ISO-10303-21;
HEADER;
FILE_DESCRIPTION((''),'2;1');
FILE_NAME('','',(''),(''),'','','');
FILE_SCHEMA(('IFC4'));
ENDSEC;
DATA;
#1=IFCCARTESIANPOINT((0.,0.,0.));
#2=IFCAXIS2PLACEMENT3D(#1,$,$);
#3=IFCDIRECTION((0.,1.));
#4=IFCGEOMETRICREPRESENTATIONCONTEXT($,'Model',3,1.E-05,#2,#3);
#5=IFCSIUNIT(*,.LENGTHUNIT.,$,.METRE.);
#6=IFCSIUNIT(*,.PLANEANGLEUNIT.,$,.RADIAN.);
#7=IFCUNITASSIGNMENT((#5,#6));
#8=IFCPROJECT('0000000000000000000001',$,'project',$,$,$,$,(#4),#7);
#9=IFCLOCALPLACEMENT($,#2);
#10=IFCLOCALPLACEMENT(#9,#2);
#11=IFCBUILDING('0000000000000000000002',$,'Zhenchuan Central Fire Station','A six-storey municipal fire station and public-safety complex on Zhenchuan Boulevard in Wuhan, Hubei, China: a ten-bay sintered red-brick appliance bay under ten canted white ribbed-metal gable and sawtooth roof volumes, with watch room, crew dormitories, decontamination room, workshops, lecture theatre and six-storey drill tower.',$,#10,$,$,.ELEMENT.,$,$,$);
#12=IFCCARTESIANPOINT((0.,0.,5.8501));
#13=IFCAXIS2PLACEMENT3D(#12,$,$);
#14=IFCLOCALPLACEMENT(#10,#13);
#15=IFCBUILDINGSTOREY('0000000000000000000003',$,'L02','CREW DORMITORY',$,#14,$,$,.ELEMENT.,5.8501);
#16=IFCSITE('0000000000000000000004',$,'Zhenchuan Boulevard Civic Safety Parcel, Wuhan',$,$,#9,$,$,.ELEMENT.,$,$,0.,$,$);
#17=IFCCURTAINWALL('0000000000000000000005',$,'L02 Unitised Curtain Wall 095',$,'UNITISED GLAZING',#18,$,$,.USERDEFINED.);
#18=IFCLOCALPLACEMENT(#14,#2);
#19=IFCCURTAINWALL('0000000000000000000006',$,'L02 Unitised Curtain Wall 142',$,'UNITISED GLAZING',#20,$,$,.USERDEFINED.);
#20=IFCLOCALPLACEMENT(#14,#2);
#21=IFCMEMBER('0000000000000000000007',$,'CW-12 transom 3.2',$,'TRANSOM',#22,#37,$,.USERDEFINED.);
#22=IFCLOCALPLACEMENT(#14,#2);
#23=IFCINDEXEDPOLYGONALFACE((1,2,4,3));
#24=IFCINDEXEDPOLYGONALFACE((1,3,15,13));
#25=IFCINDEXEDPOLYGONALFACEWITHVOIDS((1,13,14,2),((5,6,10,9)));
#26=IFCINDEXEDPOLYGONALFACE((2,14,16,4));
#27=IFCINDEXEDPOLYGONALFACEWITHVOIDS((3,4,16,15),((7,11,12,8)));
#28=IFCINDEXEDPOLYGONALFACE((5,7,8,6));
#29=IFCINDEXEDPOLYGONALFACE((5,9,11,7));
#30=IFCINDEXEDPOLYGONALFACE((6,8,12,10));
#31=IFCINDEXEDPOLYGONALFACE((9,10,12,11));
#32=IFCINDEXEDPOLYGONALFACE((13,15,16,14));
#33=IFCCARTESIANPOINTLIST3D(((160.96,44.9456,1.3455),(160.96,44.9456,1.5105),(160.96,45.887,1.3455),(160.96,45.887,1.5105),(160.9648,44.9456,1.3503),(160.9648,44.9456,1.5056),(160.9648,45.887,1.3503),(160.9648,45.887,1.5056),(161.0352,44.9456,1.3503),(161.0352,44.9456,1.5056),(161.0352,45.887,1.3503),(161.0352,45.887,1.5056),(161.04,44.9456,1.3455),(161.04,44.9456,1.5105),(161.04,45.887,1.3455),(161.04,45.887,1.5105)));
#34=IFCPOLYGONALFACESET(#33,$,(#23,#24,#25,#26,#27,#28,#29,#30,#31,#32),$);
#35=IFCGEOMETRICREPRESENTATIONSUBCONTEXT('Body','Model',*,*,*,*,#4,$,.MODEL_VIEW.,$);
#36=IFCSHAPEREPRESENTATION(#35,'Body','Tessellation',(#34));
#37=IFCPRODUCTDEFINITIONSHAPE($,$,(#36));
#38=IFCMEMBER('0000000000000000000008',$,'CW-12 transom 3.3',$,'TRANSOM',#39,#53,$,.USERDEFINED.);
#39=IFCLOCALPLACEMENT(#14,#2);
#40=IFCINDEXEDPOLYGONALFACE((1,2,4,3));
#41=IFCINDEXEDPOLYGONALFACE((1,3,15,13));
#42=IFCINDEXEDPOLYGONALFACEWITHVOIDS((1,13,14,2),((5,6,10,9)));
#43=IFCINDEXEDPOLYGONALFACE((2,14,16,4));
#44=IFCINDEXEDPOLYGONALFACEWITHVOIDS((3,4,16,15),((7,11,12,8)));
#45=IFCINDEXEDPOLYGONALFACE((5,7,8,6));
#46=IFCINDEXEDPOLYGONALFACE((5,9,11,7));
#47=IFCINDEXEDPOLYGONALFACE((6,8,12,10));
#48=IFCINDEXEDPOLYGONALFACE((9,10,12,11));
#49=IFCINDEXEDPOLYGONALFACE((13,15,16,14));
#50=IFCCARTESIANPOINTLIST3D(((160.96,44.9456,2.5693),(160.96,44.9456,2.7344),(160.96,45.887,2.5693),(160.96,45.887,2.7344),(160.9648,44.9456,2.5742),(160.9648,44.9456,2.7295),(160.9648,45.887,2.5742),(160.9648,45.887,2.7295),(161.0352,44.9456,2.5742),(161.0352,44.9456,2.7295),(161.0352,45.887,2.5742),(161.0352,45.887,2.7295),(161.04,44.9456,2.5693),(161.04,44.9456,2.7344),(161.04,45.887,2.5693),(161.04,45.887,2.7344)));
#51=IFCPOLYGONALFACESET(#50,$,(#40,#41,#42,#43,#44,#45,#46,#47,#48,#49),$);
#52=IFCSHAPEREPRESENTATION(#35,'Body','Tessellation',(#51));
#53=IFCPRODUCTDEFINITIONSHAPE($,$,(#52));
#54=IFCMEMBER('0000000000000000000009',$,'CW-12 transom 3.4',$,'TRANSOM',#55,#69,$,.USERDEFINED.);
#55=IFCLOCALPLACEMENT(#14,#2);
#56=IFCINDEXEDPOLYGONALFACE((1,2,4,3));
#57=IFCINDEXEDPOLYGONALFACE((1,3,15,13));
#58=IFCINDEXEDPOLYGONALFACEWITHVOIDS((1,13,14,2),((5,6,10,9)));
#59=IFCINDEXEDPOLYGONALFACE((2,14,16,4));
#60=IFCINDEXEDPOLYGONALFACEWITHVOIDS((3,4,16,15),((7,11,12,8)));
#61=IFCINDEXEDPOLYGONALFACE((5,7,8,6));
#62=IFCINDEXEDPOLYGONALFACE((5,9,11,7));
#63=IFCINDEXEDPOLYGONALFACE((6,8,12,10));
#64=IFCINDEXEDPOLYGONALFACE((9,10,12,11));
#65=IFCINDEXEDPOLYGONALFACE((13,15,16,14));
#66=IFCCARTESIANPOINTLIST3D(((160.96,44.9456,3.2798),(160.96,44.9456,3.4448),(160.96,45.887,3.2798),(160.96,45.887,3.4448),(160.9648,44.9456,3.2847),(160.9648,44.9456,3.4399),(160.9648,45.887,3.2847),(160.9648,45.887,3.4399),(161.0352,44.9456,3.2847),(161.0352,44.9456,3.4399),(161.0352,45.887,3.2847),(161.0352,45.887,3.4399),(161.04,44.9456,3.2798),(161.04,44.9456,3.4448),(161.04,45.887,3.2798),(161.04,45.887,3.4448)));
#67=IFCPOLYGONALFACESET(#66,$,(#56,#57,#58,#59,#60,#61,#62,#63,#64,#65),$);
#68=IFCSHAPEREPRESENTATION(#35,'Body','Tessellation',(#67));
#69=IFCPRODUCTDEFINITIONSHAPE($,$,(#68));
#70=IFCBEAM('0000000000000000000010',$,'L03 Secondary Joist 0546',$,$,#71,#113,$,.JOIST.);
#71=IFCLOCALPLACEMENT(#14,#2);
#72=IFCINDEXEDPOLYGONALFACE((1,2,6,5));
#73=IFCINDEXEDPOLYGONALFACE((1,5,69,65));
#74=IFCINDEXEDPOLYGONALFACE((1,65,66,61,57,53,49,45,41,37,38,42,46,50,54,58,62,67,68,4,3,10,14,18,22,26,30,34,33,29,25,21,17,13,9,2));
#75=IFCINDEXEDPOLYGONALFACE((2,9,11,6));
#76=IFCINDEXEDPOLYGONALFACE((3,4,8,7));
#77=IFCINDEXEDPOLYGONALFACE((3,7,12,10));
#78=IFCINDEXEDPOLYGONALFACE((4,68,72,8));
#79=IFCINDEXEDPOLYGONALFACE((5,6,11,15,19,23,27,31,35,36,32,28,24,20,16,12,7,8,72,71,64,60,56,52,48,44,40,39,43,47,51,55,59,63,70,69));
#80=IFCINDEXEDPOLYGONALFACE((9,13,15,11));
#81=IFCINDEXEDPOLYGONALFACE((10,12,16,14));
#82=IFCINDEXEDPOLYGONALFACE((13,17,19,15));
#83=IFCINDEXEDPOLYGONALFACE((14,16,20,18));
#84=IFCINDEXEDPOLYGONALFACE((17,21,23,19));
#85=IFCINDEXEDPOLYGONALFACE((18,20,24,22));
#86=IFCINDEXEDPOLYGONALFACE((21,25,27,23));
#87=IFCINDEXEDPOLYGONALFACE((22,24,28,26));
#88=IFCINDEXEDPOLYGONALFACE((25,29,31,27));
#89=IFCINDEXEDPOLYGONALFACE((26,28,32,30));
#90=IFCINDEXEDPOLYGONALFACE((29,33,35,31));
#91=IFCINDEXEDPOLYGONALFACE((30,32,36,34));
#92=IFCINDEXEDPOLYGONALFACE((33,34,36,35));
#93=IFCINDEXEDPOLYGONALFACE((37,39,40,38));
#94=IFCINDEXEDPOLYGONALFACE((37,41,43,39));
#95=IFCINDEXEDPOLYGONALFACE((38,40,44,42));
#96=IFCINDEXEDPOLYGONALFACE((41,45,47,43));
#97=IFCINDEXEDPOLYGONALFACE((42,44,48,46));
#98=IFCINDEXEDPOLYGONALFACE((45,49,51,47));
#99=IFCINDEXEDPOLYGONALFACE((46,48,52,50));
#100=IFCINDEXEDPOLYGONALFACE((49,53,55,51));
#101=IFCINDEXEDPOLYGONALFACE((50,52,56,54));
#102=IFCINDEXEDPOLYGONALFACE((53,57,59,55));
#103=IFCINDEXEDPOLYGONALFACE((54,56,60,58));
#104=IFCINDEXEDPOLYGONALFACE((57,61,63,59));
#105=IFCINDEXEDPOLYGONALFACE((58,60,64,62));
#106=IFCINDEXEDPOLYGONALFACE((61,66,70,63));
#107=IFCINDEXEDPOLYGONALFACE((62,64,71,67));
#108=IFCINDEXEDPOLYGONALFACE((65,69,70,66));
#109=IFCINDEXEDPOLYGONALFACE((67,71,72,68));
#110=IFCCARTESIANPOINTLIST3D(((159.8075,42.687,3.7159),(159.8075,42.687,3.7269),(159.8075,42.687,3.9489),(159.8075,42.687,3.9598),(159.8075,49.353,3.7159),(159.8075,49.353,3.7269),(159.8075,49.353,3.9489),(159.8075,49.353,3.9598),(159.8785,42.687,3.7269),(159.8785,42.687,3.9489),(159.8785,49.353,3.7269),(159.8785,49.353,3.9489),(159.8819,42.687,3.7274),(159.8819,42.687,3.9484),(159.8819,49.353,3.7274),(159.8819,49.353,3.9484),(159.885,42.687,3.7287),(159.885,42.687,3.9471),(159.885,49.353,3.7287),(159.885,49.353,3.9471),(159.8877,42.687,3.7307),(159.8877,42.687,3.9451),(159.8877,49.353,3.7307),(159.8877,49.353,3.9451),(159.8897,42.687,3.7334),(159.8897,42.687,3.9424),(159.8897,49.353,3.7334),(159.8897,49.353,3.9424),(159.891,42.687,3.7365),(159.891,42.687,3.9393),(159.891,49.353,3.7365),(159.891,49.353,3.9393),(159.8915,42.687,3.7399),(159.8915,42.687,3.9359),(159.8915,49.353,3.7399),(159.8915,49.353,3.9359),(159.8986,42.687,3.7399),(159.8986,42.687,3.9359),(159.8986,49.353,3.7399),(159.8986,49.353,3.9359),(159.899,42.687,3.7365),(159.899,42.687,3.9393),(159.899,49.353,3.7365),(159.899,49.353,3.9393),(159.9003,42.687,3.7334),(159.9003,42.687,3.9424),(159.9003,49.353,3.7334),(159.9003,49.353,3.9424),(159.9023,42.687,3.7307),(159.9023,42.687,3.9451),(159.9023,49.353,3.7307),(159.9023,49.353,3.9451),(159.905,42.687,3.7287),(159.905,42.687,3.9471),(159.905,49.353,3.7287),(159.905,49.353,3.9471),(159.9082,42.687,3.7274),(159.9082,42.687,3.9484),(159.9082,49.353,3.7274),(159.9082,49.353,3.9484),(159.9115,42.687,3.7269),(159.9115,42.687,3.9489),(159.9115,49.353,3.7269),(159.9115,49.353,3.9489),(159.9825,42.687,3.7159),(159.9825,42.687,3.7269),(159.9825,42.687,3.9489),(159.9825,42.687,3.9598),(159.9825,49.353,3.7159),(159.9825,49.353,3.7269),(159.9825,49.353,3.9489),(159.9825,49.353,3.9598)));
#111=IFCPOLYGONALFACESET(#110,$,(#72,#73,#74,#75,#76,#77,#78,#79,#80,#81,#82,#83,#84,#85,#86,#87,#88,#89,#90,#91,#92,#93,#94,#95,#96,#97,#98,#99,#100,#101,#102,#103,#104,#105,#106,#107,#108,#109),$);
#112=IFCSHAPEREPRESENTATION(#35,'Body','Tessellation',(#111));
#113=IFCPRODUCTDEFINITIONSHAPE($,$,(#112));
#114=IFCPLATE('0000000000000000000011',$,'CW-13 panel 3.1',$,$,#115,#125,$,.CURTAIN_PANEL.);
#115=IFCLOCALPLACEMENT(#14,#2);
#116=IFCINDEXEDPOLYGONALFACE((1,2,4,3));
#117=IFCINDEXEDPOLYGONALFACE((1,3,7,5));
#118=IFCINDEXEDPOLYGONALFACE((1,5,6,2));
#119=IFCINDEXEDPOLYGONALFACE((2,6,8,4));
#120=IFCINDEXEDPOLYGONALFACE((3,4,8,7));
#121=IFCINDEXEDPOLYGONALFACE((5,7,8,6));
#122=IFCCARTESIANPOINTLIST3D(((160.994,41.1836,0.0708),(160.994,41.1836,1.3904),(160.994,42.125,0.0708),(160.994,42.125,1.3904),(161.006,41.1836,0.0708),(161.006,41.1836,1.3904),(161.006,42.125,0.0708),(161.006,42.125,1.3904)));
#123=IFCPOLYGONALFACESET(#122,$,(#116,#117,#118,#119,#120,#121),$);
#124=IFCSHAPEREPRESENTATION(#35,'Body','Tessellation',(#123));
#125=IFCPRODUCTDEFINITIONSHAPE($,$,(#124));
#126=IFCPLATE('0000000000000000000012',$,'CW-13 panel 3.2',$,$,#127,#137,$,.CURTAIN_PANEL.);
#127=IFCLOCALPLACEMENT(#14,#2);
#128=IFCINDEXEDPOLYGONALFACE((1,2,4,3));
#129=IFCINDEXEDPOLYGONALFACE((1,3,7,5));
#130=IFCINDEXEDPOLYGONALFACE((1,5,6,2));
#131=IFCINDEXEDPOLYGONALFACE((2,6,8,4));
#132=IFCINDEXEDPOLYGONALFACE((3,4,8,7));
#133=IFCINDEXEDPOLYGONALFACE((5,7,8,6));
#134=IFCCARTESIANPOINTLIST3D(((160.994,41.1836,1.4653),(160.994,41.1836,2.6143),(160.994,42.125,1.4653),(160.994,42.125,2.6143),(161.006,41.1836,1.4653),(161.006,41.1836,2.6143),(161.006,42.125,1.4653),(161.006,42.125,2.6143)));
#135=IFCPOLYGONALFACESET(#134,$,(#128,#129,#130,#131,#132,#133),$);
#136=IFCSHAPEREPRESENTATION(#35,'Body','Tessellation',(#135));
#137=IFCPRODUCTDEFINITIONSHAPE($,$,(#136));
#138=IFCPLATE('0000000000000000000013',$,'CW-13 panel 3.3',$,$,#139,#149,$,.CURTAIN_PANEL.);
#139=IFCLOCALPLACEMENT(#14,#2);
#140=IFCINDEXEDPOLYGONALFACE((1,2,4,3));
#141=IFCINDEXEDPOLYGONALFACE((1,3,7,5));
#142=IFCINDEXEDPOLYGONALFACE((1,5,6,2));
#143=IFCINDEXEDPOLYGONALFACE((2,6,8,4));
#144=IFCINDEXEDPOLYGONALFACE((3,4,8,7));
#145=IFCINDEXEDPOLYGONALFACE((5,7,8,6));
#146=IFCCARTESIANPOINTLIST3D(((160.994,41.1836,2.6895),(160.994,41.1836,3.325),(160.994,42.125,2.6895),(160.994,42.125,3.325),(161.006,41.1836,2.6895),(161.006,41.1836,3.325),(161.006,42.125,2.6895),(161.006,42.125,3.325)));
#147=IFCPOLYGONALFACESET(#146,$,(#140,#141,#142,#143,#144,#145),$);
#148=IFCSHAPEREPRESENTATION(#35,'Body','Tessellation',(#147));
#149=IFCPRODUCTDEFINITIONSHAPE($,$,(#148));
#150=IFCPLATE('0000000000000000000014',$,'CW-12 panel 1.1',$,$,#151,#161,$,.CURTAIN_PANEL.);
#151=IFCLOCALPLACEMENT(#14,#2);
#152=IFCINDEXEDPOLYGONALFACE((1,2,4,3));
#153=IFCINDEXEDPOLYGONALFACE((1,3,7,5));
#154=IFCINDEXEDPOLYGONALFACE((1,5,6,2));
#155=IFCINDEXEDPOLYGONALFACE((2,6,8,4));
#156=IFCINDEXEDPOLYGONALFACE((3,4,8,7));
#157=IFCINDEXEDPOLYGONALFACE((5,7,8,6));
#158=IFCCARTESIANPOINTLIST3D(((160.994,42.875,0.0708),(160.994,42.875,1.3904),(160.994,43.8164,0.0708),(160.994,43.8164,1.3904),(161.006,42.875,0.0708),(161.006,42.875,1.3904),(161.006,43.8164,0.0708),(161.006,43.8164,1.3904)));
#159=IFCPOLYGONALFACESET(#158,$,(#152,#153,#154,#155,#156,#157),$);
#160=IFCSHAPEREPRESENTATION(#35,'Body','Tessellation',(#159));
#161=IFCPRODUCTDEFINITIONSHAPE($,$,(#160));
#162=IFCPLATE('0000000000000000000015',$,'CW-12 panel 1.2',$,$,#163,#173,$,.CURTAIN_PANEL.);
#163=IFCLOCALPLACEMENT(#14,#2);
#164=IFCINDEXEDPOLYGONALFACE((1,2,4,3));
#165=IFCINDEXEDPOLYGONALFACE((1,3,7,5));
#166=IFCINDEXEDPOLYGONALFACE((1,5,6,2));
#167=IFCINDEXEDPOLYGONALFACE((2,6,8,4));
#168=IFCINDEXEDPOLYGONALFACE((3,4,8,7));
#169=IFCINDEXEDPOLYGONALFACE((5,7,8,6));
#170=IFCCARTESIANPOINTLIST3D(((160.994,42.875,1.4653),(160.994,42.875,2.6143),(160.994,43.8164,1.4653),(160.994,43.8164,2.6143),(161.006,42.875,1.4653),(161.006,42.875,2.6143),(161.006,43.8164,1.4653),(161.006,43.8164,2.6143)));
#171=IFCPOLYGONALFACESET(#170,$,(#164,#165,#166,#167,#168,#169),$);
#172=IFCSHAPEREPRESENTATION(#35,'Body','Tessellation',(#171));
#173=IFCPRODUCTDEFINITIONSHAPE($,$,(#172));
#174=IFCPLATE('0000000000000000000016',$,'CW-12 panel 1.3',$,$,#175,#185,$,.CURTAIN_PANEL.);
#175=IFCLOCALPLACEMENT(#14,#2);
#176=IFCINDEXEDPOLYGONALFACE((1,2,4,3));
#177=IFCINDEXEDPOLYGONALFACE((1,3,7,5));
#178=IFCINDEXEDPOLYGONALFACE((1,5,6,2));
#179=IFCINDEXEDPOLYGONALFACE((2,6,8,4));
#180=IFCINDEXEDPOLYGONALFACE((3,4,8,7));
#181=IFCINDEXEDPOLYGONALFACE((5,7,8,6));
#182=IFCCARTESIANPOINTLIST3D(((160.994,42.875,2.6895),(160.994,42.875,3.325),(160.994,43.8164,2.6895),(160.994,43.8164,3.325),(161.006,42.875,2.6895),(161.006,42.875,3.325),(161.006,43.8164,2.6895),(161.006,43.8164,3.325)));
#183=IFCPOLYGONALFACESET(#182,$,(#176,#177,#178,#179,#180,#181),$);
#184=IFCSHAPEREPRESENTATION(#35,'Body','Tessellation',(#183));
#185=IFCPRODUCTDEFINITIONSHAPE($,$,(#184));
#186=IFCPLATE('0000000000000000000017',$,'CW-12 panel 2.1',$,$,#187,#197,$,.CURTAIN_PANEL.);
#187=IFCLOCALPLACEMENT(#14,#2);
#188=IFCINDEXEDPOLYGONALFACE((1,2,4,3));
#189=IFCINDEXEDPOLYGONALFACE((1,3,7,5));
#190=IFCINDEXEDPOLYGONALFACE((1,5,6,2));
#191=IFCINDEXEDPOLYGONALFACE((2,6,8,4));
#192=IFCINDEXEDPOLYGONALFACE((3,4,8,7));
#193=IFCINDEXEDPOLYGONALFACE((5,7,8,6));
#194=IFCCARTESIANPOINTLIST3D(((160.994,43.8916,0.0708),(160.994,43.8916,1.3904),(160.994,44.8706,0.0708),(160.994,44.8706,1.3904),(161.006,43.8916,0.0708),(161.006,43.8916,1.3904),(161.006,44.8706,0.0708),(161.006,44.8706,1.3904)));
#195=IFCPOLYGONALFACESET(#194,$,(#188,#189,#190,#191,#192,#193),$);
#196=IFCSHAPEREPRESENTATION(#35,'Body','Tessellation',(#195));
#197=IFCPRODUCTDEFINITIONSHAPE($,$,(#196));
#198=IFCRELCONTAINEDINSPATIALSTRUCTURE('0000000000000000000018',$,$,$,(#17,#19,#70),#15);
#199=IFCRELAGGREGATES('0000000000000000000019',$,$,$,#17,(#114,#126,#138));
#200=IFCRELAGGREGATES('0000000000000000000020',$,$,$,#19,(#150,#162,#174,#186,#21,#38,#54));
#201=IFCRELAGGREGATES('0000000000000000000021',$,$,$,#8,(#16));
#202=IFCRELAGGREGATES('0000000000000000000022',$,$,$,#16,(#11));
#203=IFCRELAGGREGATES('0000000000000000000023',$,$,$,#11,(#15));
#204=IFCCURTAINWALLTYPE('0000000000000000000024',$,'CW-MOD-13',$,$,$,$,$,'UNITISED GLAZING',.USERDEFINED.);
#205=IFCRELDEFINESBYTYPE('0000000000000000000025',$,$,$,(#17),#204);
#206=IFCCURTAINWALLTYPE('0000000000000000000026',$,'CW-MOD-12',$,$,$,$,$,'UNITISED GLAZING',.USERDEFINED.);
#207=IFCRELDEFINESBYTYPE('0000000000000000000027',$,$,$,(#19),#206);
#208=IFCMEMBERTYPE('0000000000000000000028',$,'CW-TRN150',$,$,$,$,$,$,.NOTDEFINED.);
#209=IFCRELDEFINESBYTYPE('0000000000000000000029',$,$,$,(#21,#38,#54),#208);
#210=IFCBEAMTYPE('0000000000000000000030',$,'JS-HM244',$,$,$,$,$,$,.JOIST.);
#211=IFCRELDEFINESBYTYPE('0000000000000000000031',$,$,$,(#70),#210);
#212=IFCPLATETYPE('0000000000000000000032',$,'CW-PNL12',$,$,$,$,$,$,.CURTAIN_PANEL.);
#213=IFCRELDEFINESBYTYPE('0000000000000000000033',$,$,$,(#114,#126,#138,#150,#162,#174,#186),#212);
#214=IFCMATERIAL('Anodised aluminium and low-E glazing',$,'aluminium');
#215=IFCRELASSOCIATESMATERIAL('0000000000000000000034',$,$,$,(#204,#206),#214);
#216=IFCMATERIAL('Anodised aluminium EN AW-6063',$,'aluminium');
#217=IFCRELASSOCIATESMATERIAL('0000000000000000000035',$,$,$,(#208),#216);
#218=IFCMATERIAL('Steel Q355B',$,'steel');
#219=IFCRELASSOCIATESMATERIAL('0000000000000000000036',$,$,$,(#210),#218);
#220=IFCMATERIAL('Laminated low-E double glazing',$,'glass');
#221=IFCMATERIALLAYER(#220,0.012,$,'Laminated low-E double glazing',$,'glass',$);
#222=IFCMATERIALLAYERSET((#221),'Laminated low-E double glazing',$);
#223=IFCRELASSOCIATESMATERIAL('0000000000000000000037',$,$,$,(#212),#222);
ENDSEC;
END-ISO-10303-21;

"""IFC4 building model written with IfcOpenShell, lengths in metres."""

from ifc_helpers import new_model, si_unit, direction, frame, origin, origin_2d, place, context, subcontext, project, spatial, rectangle, hollow_rectangle, i_section, extrude, material, layer, layer_set, material_profile, profile_set, type_object, element, aggregate, save


model = new_model("IFC4")

# Units and contexts
model_context = context("Model", 3, precision=1e-05, world=origin(), true_north=direction((0.0, 1.0)))
body_context = subcontext(model_context, "Body", "Model", "MODEL_VIEW")
ifc_project = project(units=[si_unit("LENGTHUNIT", "METRE"), si_unit("PLANEANGLEUNIT", "RADIAN")], contexts=[model_context])

# Site, building, storey
site_placement = place(None, origin())
site = spatial("IfcSite", under=ifc_project, at=site_placement, Name="Zhenchuan Boulevard Civic Safety Parcel, Wuhan", CompositionType="ELEMENT", RefElevation=0.0)
building_placement = place(site_placement, origin())
building = spatial("IfcBuilding", under=site, at=building_placement, Name="Zhenchuan Central Fire Station", Description="A six-storey municipal fire station and public-safety complex on Zhenchuan Boulevard in Wuhan, Hubei, China: a ten-bay sintered red-brick appliance bay under ten canted white ribbed-metal gable and sawtooth roof volumes, with watch room, crew dormitories, decontamination room, workshops, lecture theatre and six-storey drill tower.", CompositionType="ELEMENT")
storey_placement = place(building_placement, frame((0.0, 0.0, 5.8501)))
storey = spatial("IfcBuildingStorey", under=building, at=storey_placement, Name="L02", Description="CREW DORMITORY", CompositionType="ELEMENT", Elevation=5.8501)

# Shared definitions
ifc_material_1 = material(Name="Steel Q355B", Category="steel")

# Curtain walls
ifc_material_2 = material(Name="Anodised aluminium and low-E glazing", Category="aluminium")
curtain_wall_type_1 = type_object("IfcCurtainWallType", Name="CW-MOD-13", ElementType="UNITISED GLAZING", PredefinedType="USERDEFINED", material=ifc_material_2)
curtain_wall_1_placement = place(storey_placement, origin())
curtain_wall_1 = element("IfcCurtainWall", 1, at=curtain_wall_1_placement, inside=storey, type_object=curtain_wall_type_1, Name="L02 Unitised Curtain Wall 095", ObjectType="UNITISED GLAZING", PredefinedType="USERDEFINED")
ifc_material_3 = material(Name="Anodised aluminium EN AW-6063", Category="aluminium")
curtain_wall_type_2 = type_object("IfcCurtainWallType", Name="CW-MOD-12", ElementType="UNITISED GLAZING", PredefinedType="USERDEFINED", material=ifc_material_2)
curtain_wall_2_placement = place(storey_placement, origin())
curtain_wall_2 = element("IfcCurtainWall", 2, at=curtain_wall_2_placement, inside=storey, type_object=curtain_wall_type_2, Name="L02 Unitised Curtain Wall 142", ObjectType="UNITISED GLAZING", PredefinedType="USERDEFINED")

# Members
ifc_material_profile_1 = material_profile(ifc_material_3, hollow_rectangle(XDim=0.0801, YDim=0.165, WallThickness=0.0049, at=origin_2d()), Name="ALU-T 165x80")
ifc_profile_set_1 = profile_set([ifc_material_profile_1], Name="Anodised aluminium EN AW-6063")
member_type_1 = type_object("IfcMemberType", Name="CW-TRN150", PredefinedType="NOTDEFINED", material=ifc_profile_set_1)
member_1_placement = place(storey_placement, frame((161.0, 44.9456, 1.428), z_axis=(0.0, 1.0, 0.0), x_axis=(-1.0, 0.0, 0.0)))
member_1 = element("IfcMember", 3, at=member_1_placement, type_object=member_type_1, Name="CW-12 transom 3.2", ObjectType="TRANSOM", PredefinedType="USERDEFINED", context=body_context, shape_type="SweptSolid", body=[
    extrude(hollow_rectangle(XDim=0.0801, YDim=0.165, WallThickness=0.0049, at=origin_2d()), origin(), (0.0, 0.0, 1.0), 0.9414),
])
member_2_placement = place(storey_placement, frame((161.0, 44.9456, 2.6519), z_axis=(0.0, 1.0, 0.0), x_axis=(-1.0, 0.0, 0.0)))
member_2 = element("IfcMember", 4, at=member_2_placement, type_object=member_type_1, Name="CW-12 transom 3.3", ObjectType="TRANSOM", PredefinedType="USERDEFINED", context=body_context, shape_type="SweptSolid", body=[
    extrude(hollow_rectangle(XDim=0.0801, YDim=0.165, WallThickness=0.0049, at=origin_2d()), origin(), (0.0, 0.0, 1.0), 0.9414),
])
member_3_placement = place(storey_placement, frame((161.0, 44.9456, 3.3623), z_axis=(0.0, 1.0, 0.0), x_axis=(-1.0, 0.0, 0.0)))
member_3 = element("IfcMember", 5, at=member_3_placement, type_object=member_type_1, Name="CW-12 transom 3.4", ObjectType="TRANSOM", PredefinedType="USERDEFINED", context=body_context, shape_type="SweptSolid", body=[
    extrude(hollow_rectangle(XDim=0.0801, YDim=0.165, WallThickness=0.0049, at=origin_2d()), origin(), (0.0, 0.0, 1.0), 0.9414),
])

# Beam
ifc_material_profile_2 = material_profile(ifc_material_1, i_section(OverallWidth=0.175, OverallDepth=0.2439, WebThickness=0.0071, FlangeThickness=0.011, FilletRadius=0.0129, at=origin_2d()), Name="HM 244x175")
ifc_profile_set_2 = profile_set([ifc_material_profile_2], Name="Steel Q355B")
beam_type_1 = type_object("IfcBeamType", Name="JS-HM244", PredefinedType="JOIST", material=ifc_profile_set_2)
beam_1_placement = place(storey_placement, frame((159.895, 42.687, 3.8379), z_axis=(0.0, 1.0, 0.0), x_axis=(-1.0, 0.0, 0.0)))
element("IfcBeam", 6, at=beam_1_placement, inside=storey, type_object=beam_type_1, Name="L03 Secondary Joist 0546", PredefinedType="JOIST", context=body_context, shape_type="SweptSolid", body=[
    extrude(i_section(OverallWidth=0.175, OverallDepth=0.2439, WebThickness=0.0071, FlangeThickness=0.011, FilletRadius=0.0129, at=origin_2d()), origin(), (0.0, 0.0, 1.0), 6.666),
])

# Plates
ifc_material_4 = material(Name="Laminated low-E double glazing", Category="glass")
ifc_layer = layer(ifc_material_4, 0.012, Name="Laminated low-E double glazing", Category="glass")
ifc_layer_set = layer_set([ifc_layer], Name="Laminated low-E double glazing")
plate_type = type_object("IfcPlateType", Name="CW-PNL12", PredefinedType="CURTAIN_PANEL", material=ifc_layer_set)
plate_1_placement = place(storey_placement, frame((161.0, 41.6543, 0.0708), z_axis=(0.0, 0.0, 1.0), x_axis=(0.0, 1.0, 0.0)))
plate_1 = element("IfcPlate", 7, at=plate_1_placement, type_object=plate_type, Name="CW-13 panel 3.1", PredefinedType="CURTAIN_PANEL", context=body_context, shape_type="SweptSolid", body=[
    extrude(rectangle(XDim=0.9414, YDim=0.012, at=origin_2d()), origin(), (0.0, 0.0, 1.0), 1.3196),
])
plate_2_placement = place(storey_placement, frame((161.0, 41.6543, 1.4653), z_axis=(0.0, 0.0, 1.0), x_axis=(0.0, 1.0, 0.0)))
plate_2 = element("IfcPlate", 8, at=plate_2_placement, type_object=plate_type, Name="CW-13 panel 3.2", PredefinedType="CURTAIN_PANEL", context=body_context, shape_type="SweptSolid", body=[
    extrude(rectangle(XDim=0.9414, YDim=0.012, at=origin_2d()), origin(), (0.0, 0.0, 1.0), 1.1489),
])
plate_3_placement = place(storey_placement, frame((161.0, 41.6543, 2.6895), z_axis=(0.0, 0.0, 1.0), x_axis=(0.0, 1.0, 0.0)))
plate_3 = element("IfcPlate", 9, at=plate_3_placement, type_object=plate_type, Name="CW-13 panel 3.3", PredefinedType="CURTAIN_PANEL", context=body_context, shape_type="SweptSolid", body=[
    extrude(rectangle(XDim=0.9414, YDim=0.012, at=origin_2d()), origin(), (0.0, 0.0, 1.0), 0.6355),
])
aggregate(curtain_wall_1, [plate_1, plate_2, plate_3])
plate_4_placement = place(storey_placement, frame((161.0, 43.3457, 0.0708), z_axis=(0.0, 0.0, 1.0), x_axis=(0.0, 1.0, 0.0)))
plate_4 = element("IfcPlate", 10, at=plate_4_placement, type_object=plate_type, Name="CW-12 panel 1.1", PredefinedType="CURTAIN_PANEL", context=body_context, shape_type="SweptSolid", body=[
    extrude(rectangle(XDim=0.9414, YDim=0.012, at=origin_2d()), origin(), (0.0, 0.0, 1.0), 1.3196),
])
plate_5_placement = place(storey_placement, frame((161.0, 43.3457, 1.4653), z_axis=(0.0, 0.0, 1.0), x_axis=(0.0, 1.0, 0.0)))
plate_5 = element("IfcPlate", 11, at=plate_5_placement, type_object=plate_type, Name="CW-12 panel 1.2", PredefinedType="CURTAIN_PANEL", context=body_context, shape_type="SweptSolid", body=[
    extrude(rectangle(XDim=0.9414, YDim=0.012, at=origin_2d()), origin(), (0.0, 0.0, 1.0), 1.1489),
])
plate_6_placement = place(storey_placement, frame((161.0, 43.3457, 2.6895), z_axis=(0.0, 0.0, 1.0), x_axis=(0.0, 1.0, 0.0)))
plate_6 = element("IfcPlate", 12, at=plate_6_placement, type_object=plate_type, Name="CW-12 panel 1.3", PredefinedType="CURTAIN_PANEL", context=body_context, shape_type="SweptSolid", body=[
    extrude(rectangle(XDim=0.9414, YDim=0.012, at=origin_2d()), origin(), (0.0, 0.0, 1.0), 0.6355),
])
plate_7_placement = place(storey_placement, frame((161.0, 44.3811, 0.0708), z_axis=(0.0, 0.0, 1.0), x_axis=(0.0, 1.0, 0.0)))
plate_7 = element("IfcPlate", 13, at=plate_7_placement, type_object=plate_type, Name="CW-12 panel 2.1", PredefinedType="CURTAIN_PANEL", context=body_context, shape_type="SweptSolid", body=[
    extrude(rectangle(XDim=0.979, YDim=0.012, at=origin_2d()), origin(), (0.0, 0.0, 1.0), 1.3196),
])
aggregate(curtain_wall_2, [plate_4, plate_5, plate_6, plate_7, member_1, member_2, member_3])

save(model, "model.ifc")
